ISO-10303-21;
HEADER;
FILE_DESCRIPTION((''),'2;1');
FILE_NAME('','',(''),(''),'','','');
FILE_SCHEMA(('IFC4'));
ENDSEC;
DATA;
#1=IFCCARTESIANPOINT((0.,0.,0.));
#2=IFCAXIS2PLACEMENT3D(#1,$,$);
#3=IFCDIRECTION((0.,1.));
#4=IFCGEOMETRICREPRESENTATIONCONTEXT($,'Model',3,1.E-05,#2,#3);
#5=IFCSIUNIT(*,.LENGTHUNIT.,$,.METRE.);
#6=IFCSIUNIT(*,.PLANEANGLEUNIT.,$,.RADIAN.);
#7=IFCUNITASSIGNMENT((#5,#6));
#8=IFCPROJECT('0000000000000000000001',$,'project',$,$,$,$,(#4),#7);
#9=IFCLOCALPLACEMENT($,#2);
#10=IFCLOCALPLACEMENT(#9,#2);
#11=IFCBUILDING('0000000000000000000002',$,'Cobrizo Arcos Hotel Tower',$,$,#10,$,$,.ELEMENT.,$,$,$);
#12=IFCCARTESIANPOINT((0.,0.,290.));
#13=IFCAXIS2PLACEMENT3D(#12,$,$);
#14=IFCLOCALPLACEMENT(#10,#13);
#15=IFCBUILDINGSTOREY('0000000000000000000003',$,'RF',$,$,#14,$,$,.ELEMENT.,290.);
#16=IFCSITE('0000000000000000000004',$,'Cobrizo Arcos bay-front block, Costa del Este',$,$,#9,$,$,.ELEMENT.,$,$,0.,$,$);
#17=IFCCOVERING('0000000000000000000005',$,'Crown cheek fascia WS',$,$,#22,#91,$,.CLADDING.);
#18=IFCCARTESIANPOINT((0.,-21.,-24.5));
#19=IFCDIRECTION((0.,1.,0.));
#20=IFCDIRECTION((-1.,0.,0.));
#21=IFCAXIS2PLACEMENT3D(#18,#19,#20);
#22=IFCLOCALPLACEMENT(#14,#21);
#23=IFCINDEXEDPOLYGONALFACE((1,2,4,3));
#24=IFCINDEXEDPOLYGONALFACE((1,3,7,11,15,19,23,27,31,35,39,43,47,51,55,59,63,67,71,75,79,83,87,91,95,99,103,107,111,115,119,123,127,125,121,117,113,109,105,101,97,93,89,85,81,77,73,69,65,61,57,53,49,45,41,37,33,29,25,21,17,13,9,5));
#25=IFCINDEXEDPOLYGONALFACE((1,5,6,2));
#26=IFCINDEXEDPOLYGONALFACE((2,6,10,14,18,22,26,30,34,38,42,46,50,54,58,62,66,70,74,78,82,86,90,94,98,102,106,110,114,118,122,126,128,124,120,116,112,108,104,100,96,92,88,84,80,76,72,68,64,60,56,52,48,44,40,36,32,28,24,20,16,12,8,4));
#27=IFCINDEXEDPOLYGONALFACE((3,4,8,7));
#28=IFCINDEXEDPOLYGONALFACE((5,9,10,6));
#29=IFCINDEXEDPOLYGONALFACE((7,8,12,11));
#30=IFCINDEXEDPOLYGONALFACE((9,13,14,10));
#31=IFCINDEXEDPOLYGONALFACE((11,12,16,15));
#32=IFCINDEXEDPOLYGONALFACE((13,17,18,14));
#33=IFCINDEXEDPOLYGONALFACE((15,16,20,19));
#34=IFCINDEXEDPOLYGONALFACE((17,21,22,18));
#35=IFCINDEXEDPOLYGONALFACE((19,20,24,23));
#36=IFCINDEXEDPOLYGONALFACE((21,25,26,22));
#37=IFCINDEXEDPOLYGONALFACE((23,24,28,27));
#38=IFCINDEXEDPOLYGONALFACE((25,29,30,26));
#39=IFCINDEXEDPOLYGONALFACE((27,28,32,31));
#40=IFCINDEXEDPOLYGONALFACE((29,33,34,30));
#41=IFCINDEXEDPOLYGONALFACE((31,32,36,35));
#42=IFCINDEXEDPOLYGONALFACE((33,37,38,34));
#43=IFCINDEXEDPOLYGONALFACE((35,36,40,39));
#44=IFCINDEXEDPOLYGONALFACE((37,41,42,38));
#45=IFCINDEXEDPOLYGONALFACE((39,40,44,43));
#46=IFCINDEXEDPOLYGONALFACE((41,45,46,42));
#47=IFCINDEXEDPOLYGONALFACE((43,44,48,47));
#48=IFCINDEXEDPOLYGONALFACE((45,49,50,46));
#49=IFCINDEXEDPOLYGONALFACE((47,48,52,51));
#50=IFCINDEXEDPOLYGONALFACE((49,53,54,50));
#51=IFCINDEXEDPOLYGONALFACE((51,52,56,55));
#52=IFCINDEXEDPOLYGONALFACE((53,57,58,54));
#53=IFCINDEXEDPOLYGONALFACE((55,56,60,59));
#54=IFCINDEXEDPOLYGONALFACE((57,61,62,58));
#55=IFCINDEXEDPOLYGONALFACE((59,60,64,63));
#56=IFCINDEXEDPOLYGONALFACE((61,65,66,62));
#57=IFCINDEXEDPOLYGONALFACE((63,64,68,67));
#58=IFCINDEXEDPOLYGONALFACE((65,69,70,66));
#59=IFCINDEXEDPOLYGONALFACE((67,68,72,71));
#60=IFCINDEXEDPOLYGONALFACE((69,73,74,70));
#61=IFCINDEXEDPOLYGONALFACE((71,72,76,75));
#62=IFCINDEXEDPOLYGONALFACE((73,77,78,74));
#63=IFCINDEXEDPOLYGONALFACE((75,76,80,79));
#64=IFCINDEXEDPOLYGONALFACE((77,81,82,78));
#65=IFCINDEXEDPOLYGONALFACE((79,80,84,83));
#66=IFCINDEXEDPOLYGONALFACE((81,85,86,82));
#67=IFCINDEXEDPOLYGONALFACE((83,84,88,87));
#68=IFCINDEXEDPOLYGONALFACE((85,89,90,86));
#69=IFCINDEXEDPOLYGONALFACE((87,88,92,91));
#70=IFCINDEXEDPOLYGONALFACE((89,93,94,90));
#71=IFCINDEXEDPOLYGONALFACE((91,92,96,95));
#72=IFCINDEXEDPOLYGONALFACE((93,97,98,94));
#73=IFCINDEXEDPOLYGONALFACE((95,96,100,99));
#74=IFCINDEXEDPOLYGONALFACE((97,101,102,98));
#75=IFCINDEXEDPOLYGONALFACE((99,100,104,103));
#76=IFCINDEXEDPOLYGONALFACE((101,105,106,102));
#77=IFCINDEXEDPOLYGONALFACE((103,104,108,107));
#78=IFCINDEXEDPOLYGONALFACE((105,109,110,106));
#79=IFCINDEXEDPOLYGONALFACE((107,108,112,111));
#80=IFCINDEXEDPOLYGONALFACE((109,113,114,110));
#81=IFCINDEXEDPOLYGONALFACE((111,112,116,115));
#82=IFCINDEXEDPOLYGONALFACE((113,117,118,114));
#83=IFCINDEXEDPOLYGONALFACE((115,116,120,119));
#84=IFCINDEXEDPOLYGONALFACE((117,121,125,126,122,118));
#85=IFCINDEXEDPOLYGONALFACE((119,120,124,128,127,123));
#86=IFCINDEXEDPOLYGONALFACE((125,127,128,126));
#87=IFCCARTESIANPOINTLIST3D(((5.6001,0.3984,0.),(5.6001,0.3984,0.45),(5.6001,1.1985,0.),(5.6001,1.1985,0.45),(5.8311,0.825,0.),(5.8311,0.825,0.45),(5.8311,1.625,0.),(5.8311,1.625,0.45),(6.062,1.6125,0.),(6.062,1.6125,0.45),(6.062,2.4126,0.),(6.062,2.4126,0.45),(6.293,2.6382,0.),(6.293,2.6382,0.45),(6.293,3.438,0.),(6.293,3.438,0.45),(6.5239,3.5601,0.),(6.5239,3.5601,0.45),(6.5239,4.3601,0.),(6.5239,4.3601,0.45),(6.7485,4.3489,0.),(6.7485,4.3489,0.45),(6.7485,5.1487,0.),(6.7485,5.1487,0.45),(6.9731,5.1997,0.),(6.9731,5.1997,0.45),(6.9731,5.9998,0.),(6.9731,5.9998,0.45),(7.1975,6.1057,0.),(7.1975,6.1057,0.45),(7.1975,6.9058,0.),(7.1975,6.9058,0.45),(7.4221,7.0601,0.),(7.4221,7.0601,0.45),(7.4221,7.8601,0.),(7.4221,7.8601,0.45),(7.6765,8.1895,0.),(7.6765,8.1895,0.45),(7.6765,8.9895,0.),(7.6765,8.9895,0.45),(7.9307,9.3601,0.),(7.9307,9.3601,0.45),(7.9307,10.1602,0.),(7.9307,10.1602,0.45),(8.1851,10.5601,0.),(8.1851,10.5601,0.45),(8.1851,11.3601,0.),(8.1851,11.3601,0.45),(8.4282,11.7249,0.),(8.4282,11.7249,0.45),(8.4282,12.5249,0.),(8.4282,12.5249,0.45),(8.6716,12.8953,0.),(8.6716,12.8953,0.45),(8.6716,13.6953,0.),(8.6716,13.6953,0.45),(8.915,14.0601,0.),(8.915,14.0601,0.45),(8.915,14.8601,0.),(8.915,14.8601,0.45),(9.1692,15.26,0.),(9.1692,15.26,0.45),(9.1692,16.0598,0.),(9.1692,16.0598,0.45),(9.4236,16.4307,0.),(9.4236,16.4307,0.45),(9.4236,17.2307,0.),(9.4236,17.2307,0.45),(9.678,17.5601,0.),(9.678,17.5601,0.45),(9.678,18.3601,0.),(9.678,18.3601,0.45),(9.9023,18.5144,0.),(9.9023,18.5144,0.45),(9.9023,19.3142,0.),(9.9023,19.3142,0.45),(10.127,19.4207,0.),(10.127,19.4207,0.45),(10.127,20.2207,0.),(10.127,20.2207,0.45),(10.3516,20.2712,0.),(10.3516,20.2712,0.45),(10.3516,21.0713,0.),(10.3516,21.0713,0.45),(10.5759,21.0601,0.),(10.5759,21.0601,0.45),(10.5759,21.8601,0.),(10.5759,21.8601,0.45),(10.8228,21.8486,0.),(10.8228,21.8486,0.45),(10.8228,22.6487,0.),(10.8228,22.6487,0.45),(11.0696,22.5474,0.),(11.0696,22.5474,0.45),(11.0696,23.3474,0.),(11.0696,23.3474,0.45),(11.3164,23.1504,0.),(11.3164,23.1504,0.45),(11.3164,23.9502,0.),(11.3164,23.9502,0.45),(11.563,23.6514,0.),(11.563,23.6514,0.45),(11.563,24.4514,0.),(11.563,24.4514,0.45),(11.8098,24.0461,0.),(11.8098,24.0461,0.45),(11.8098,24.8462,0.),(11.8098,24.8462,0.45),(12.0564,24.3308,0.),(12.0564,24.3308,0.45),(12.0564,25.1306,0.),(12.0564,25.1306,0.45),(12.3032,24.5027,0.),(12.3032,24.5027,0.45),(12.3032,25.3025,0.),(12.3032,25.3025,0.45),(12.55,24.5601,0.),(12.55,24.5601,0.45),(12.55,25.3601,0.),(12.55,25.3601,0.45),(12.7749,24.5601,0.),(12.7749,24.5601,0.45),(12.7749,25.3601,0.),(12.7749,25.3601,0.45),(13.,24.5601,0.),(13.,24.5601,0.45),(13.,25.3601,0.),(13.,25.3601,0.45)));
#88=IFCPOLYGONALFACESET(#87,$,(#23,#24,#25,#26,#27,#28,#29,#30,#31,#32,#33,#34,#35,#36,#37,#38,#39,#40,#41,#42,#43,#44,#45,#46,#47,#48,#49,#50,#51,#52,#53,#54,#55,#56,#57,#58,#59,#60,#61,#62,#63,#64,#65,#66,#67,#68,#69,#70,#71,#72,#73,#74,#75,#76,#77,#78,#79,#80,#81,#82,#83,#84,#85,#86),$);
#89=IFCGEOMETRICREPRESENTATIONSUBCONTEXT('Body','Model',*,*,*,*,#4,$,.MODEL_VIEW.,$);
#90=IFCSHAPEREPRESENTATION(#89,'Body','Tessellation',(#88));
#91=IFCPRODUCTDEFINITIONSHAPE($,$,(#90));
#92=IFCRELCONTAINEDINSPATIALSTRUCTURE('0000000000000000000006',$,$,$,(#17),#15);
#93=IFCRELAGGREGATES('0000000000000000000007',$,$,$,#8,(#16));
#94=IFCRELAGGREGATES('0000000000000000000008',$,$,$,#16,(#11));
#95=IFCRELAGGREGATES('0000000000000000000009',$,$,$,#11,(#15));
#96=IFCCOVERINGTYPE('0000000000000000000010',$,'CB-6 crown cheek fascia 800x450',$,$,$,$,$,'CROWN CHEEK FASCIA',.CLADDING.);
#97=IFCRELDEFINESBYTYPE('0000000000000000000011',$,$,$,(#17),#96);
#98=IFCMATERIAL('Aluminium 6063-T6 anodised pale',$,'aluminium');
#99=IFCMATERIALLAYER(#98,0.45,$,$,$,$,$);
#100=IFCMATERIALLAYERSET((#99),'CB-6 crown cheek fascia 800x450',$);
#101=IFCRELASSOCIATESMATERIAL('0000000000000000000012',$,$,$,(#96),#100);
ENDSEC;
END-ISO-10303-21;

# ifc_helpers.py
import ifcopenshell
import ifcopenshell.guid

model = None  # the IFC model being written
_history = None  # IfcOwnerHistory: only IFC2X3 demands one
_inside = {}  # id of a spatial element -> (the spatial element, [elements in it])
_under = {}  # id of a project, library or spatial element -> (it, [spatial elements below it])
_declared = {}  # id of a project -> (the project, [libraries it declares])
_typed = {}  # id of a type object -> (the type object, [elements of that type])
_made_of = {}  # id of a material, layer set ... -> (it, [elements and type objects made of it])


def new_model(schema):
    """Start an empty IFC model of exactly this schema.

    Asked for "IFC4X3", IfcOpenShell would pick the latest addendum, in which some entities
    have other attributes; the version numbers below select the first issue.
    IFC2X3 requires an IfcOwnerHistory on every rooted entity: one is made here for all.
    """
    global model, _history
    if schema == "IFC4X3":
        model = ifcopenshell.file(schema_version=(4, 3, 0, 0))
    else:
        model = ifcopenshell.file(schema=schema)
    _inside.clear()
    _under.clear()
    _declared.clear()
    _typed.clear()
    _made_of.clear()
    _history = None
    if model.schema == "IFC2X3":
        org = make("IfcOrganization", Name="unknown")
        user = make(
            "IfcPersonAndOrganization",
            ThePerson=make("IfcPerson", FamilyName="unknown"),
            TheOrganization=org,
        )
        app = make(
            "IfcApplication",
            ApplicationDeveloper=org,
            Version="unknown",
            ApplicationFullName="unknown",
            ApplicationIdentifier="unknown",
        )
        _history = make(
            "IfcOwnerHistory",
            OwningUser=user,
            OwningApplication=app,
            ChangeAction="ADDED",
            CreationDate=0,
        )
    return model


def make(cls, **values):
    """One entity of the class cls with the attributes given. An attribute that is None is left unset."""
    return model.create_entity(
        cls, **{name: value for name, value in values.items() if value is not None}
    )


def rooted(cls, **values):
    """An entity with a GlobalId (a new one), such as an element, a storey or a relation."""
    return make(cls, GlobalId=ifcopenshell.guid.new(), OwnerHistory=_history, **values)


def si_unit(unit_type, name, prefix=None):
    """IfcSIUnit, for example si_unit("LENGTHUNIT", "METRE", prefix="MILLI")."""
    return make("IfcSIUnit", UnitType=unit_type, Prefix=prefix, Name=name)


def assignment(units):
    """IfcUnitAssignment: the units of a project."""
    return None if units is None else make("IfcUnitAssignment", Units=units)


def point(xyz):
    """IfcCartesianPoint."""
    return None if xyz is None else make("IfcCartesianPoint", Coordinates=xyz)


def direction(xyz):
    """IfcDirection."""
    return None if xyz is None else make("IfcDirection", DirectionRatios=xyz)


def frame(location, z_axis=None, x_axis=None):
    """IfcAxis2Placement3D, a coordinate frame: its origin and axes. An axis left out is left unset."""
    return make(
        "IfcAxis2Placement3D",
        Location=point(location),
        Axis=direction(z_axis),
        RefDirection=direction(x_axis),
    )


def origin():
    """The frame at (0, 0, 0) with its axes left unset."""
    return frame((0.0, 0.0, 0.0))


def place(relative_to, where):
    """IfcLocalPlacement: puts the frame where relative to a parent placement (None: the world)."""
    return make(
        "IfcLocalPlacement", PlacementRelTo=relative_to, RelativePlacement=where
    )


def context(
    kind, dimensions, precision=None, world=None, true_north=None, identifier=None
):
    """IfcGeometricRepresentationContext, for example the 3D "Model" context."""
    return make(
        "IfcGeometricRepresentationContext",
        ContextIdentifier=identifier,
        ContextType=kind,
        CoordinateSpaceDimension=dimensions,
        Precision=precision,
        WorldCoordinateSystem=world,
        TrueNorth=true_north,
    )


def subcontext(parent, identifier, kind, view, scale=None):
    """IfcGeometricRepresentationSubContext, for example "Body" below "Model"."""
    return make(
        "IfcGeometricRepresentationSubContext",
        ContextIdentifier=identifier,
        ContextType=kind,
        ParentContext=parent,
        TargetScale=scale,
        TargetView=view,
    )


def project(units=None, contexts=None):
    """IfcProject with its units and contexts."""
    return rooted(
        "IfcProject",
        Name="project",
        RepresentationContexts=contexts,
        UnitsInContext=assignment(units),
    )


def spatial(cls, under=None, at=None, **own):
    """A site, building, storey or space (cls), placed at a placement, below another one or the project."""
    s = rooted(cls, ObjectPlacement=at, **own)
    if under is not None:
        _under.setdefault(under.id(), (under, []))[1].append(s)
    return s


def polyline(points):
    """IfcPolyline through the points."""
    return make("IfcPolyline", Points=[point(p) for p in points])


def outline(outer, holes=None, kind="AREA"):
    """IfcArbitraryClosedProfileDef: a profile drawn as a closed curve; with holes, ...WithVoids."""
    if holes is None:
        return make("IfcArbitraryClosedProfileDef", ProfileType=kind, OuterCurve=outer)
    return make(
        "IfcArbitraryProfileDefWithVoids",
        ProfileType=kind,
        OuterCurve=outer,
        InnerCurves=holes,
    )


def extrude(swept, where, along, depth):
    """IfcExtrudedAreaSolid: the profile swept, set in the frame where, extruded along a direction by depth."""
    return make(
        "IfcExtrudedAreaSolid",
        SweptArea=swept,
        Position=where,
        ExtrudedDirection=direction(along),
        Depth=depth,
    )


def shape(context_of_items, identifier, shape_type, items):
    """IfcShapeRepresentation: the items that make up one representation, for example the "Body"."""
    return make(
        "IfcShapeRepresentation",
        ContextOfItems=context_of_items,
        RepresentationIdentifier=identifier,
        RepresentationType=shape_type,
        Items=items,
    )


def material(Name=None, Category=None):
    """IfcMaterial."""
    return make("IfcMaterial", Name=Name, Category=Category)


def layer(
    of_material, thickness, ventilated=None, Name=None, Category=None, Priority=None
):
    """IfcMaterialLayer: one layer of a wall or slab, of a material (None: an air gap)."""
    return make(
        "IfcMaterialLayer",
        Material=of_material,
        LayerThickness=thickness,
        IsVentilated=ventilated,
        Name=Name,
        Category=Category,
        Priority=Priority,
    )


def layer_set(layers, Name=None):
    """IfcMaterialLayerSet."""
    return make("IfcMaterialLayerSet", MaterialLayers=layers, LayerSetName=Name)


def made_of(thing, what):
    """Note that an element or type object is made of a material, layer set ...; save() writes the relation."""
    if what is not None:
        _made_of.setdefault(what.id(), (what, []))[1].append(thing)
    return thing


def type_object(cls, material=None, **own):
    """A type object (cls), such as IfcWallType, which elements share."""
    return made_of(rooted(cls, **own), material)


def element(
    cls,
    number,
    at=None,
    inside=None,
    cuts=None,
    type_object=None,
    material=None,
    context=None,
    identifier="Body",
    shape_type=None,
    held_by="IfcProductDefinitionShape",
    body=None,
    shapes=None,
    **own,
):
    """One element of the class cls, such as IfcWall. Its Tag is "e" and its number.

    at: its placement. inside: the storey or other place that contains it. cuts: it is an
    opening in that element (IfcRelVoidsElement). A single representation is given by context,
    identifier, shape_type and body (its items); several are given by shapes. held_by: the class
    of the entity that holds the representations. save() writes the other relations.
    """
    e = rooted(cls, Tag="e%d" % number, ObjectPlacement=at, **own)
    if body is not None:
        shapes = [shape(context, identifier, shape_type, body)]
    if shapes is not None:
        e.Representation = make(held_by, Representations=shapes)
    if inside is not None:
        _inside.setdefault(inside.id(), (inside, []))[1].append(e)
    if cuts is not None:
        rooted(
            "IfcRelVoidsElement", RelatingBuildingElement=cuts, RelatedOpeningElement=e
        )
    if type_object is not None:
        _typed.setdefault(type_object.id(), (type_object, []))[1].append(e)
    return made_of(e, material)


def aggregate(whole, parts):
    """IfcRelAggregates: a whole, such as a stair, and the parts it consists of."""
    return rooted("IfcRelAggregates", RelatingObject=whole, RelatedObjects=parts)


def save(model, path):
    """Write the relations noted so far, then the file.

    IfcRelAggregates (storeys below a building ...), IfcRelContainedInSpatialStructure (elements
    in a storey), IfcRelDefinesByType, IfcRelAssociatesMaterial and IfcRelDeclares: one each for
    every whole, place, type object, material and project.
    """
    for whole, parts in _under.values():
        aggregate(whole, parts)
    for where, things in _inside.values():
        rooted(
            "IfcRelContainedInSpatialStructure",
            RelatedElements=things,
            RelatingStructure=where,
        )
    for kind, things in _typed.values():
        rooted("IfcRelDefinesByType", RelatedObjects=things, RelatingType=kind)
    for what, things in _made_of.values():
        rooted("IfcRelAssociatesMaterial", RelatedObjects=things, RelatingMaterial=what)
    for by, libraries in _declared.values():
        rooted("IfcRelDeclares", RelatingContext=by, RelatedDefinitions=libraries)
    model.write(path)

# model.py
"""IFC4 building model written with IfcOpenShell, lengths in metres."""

from ifc_helpers import new_model, si_unit, direction, frame, origin, place, context, subcontext, project, spatial, polyline, outline, extrude, material, layer, layer_set, type_object, element, save


model = new_model("IFC4")

# Units and contexts
model_context = context("Model", 3, precision=1e-05, world=origin(), true_north=direction((0.0, 1.0)))
body_context = subcontext(model_context, "Body", "Model", "MODEL_VIEW")
ifc_project = project(units=[si_unit("LENGTHUNIT", "METRE"), si_unit("PLANEANGLEUNIT", "RADIAN")], contexts=[model_context])

# Site, building, storey
site_placement = place(None, origin())
site = spatial("IfcSite", under=ifc_project, at=site_placement, Name="Cobrizo Arcos bay-front block, Costa del Este", CompositionType="ELEMENT", RefElevation=0.0)
building_placement = place(site_placement, origin())
building = spatial("IfcBuilding", under=site, at=building_placement, Name="Cobrizo Arcos Hotel Tower", CompositionType="ELEMENT")
storey_placement = place(building_placement, frame((0.0, 0.0, 290.0)))
storey = spatial("IfcBuildingStorey", under=building, at=storey_placement, Name="RF", CompositionType="ELEMENT", Elevation=290.0)

# Covering
ifc_material_1 = material(Name="Aluminium 6063-T6 anodised pale", Category="aluminium")
ifc_layer_1 = layer(ifc_material_1, 0.45)
ifc_layer_set_1 = layer_set([ifc_layer_1], Name="CB-6 crown cheek fascia 800x450")
covering_type_1 = type_object("IfcCoveringType", Name="CB-6 crown cheek fascia 800x450", ElementType="CROWN CHEEK FASCIA", PredefinedType="CLADDING", material=ifc_layer_set_1)
covering_1_placement = place(storey_placement, frame((0.0, -21.0, -24.5), z_axis=(0.0, 1.0, 0.0), x_axis=(-1.0, 0.0, 0.0)))
element("IfcCovering", 1, at=covering_1_placement, inside=storey, type_object=covering_type_1, Name="Crown cheek fascia WS", PredefinedType="CLADDING", context=body_context, shape_type="SweptSolid", body=[
    extrude(outline(polyline([(5.6001, 1.1985), (5.8311, 1.625), (6.062, 2.4126), (6.293, 3.438), (6.5239, 4.3601), (6.7485, 5.1487), (6.9731, 5.9998), (7.1975, 6.9058), (7.4221, 7.8601), (7.6765, 8.9895), (7.9307, 10.1602), (8.1851, 11.3601), (8.4282, 12.5249), (8.6716, 13.6953), (8.915, 14.8601), (9.1692, 16.0598), (9.4236, 17.2307), (9.678, 18.3601), (9.9023, 19.3142), (10.127, 20.2207), (10.3516, 21.0713), (10.5759, 21.8601), (10.8228, 22.6487), (11.0696, 23.3474), (11.3164, 23.9502), (11.563, 24.4514), (11.8098, 24.8462), (12.0564, 25.1306), (12.3032, 25.3025), (12.55, 25.3601), (12.7749, 25.3601), (13.0, 25.3601), (13.0, 24.5601), (12.7749, 24.5601), (12.55, 24.5601), (12.3032, 24.5027), (12.0564, 24.3308), (11.8098, 24.0461), (11.563, 23.6514), (11.3164, 23.1504), (11.0696, 22.5474), (10.8228, 21.8486), (10.5759, 21.0601), (10.3516, 20.2712), (10.127, 19.4207), (9.9023, 18.5144), (9.678, 17.5601), (9.4236, 16.4307), (9.1692, 15.26), (8.915, 14.0601), (8.6716, 12.8953), (8.4282, 11.7249), (8.1851, 10.5601), (7.9307, 9.3601), (7.6765, 8.1895), (7.4221, 7.0601), (7.1975, 6.1057), (6.9731, 5.1997), (6.7485, 4.3489), (6.5239, 3.5601), (6.293, 2.6382), (6.062, 1.6125), (5.8311, 0.825), (5.6001, 0.3984), (5.6001, 1.1985)])), origin(), (0.0, 0.0, 1.0), 0.45),
])

save(model, "model.ifc")
